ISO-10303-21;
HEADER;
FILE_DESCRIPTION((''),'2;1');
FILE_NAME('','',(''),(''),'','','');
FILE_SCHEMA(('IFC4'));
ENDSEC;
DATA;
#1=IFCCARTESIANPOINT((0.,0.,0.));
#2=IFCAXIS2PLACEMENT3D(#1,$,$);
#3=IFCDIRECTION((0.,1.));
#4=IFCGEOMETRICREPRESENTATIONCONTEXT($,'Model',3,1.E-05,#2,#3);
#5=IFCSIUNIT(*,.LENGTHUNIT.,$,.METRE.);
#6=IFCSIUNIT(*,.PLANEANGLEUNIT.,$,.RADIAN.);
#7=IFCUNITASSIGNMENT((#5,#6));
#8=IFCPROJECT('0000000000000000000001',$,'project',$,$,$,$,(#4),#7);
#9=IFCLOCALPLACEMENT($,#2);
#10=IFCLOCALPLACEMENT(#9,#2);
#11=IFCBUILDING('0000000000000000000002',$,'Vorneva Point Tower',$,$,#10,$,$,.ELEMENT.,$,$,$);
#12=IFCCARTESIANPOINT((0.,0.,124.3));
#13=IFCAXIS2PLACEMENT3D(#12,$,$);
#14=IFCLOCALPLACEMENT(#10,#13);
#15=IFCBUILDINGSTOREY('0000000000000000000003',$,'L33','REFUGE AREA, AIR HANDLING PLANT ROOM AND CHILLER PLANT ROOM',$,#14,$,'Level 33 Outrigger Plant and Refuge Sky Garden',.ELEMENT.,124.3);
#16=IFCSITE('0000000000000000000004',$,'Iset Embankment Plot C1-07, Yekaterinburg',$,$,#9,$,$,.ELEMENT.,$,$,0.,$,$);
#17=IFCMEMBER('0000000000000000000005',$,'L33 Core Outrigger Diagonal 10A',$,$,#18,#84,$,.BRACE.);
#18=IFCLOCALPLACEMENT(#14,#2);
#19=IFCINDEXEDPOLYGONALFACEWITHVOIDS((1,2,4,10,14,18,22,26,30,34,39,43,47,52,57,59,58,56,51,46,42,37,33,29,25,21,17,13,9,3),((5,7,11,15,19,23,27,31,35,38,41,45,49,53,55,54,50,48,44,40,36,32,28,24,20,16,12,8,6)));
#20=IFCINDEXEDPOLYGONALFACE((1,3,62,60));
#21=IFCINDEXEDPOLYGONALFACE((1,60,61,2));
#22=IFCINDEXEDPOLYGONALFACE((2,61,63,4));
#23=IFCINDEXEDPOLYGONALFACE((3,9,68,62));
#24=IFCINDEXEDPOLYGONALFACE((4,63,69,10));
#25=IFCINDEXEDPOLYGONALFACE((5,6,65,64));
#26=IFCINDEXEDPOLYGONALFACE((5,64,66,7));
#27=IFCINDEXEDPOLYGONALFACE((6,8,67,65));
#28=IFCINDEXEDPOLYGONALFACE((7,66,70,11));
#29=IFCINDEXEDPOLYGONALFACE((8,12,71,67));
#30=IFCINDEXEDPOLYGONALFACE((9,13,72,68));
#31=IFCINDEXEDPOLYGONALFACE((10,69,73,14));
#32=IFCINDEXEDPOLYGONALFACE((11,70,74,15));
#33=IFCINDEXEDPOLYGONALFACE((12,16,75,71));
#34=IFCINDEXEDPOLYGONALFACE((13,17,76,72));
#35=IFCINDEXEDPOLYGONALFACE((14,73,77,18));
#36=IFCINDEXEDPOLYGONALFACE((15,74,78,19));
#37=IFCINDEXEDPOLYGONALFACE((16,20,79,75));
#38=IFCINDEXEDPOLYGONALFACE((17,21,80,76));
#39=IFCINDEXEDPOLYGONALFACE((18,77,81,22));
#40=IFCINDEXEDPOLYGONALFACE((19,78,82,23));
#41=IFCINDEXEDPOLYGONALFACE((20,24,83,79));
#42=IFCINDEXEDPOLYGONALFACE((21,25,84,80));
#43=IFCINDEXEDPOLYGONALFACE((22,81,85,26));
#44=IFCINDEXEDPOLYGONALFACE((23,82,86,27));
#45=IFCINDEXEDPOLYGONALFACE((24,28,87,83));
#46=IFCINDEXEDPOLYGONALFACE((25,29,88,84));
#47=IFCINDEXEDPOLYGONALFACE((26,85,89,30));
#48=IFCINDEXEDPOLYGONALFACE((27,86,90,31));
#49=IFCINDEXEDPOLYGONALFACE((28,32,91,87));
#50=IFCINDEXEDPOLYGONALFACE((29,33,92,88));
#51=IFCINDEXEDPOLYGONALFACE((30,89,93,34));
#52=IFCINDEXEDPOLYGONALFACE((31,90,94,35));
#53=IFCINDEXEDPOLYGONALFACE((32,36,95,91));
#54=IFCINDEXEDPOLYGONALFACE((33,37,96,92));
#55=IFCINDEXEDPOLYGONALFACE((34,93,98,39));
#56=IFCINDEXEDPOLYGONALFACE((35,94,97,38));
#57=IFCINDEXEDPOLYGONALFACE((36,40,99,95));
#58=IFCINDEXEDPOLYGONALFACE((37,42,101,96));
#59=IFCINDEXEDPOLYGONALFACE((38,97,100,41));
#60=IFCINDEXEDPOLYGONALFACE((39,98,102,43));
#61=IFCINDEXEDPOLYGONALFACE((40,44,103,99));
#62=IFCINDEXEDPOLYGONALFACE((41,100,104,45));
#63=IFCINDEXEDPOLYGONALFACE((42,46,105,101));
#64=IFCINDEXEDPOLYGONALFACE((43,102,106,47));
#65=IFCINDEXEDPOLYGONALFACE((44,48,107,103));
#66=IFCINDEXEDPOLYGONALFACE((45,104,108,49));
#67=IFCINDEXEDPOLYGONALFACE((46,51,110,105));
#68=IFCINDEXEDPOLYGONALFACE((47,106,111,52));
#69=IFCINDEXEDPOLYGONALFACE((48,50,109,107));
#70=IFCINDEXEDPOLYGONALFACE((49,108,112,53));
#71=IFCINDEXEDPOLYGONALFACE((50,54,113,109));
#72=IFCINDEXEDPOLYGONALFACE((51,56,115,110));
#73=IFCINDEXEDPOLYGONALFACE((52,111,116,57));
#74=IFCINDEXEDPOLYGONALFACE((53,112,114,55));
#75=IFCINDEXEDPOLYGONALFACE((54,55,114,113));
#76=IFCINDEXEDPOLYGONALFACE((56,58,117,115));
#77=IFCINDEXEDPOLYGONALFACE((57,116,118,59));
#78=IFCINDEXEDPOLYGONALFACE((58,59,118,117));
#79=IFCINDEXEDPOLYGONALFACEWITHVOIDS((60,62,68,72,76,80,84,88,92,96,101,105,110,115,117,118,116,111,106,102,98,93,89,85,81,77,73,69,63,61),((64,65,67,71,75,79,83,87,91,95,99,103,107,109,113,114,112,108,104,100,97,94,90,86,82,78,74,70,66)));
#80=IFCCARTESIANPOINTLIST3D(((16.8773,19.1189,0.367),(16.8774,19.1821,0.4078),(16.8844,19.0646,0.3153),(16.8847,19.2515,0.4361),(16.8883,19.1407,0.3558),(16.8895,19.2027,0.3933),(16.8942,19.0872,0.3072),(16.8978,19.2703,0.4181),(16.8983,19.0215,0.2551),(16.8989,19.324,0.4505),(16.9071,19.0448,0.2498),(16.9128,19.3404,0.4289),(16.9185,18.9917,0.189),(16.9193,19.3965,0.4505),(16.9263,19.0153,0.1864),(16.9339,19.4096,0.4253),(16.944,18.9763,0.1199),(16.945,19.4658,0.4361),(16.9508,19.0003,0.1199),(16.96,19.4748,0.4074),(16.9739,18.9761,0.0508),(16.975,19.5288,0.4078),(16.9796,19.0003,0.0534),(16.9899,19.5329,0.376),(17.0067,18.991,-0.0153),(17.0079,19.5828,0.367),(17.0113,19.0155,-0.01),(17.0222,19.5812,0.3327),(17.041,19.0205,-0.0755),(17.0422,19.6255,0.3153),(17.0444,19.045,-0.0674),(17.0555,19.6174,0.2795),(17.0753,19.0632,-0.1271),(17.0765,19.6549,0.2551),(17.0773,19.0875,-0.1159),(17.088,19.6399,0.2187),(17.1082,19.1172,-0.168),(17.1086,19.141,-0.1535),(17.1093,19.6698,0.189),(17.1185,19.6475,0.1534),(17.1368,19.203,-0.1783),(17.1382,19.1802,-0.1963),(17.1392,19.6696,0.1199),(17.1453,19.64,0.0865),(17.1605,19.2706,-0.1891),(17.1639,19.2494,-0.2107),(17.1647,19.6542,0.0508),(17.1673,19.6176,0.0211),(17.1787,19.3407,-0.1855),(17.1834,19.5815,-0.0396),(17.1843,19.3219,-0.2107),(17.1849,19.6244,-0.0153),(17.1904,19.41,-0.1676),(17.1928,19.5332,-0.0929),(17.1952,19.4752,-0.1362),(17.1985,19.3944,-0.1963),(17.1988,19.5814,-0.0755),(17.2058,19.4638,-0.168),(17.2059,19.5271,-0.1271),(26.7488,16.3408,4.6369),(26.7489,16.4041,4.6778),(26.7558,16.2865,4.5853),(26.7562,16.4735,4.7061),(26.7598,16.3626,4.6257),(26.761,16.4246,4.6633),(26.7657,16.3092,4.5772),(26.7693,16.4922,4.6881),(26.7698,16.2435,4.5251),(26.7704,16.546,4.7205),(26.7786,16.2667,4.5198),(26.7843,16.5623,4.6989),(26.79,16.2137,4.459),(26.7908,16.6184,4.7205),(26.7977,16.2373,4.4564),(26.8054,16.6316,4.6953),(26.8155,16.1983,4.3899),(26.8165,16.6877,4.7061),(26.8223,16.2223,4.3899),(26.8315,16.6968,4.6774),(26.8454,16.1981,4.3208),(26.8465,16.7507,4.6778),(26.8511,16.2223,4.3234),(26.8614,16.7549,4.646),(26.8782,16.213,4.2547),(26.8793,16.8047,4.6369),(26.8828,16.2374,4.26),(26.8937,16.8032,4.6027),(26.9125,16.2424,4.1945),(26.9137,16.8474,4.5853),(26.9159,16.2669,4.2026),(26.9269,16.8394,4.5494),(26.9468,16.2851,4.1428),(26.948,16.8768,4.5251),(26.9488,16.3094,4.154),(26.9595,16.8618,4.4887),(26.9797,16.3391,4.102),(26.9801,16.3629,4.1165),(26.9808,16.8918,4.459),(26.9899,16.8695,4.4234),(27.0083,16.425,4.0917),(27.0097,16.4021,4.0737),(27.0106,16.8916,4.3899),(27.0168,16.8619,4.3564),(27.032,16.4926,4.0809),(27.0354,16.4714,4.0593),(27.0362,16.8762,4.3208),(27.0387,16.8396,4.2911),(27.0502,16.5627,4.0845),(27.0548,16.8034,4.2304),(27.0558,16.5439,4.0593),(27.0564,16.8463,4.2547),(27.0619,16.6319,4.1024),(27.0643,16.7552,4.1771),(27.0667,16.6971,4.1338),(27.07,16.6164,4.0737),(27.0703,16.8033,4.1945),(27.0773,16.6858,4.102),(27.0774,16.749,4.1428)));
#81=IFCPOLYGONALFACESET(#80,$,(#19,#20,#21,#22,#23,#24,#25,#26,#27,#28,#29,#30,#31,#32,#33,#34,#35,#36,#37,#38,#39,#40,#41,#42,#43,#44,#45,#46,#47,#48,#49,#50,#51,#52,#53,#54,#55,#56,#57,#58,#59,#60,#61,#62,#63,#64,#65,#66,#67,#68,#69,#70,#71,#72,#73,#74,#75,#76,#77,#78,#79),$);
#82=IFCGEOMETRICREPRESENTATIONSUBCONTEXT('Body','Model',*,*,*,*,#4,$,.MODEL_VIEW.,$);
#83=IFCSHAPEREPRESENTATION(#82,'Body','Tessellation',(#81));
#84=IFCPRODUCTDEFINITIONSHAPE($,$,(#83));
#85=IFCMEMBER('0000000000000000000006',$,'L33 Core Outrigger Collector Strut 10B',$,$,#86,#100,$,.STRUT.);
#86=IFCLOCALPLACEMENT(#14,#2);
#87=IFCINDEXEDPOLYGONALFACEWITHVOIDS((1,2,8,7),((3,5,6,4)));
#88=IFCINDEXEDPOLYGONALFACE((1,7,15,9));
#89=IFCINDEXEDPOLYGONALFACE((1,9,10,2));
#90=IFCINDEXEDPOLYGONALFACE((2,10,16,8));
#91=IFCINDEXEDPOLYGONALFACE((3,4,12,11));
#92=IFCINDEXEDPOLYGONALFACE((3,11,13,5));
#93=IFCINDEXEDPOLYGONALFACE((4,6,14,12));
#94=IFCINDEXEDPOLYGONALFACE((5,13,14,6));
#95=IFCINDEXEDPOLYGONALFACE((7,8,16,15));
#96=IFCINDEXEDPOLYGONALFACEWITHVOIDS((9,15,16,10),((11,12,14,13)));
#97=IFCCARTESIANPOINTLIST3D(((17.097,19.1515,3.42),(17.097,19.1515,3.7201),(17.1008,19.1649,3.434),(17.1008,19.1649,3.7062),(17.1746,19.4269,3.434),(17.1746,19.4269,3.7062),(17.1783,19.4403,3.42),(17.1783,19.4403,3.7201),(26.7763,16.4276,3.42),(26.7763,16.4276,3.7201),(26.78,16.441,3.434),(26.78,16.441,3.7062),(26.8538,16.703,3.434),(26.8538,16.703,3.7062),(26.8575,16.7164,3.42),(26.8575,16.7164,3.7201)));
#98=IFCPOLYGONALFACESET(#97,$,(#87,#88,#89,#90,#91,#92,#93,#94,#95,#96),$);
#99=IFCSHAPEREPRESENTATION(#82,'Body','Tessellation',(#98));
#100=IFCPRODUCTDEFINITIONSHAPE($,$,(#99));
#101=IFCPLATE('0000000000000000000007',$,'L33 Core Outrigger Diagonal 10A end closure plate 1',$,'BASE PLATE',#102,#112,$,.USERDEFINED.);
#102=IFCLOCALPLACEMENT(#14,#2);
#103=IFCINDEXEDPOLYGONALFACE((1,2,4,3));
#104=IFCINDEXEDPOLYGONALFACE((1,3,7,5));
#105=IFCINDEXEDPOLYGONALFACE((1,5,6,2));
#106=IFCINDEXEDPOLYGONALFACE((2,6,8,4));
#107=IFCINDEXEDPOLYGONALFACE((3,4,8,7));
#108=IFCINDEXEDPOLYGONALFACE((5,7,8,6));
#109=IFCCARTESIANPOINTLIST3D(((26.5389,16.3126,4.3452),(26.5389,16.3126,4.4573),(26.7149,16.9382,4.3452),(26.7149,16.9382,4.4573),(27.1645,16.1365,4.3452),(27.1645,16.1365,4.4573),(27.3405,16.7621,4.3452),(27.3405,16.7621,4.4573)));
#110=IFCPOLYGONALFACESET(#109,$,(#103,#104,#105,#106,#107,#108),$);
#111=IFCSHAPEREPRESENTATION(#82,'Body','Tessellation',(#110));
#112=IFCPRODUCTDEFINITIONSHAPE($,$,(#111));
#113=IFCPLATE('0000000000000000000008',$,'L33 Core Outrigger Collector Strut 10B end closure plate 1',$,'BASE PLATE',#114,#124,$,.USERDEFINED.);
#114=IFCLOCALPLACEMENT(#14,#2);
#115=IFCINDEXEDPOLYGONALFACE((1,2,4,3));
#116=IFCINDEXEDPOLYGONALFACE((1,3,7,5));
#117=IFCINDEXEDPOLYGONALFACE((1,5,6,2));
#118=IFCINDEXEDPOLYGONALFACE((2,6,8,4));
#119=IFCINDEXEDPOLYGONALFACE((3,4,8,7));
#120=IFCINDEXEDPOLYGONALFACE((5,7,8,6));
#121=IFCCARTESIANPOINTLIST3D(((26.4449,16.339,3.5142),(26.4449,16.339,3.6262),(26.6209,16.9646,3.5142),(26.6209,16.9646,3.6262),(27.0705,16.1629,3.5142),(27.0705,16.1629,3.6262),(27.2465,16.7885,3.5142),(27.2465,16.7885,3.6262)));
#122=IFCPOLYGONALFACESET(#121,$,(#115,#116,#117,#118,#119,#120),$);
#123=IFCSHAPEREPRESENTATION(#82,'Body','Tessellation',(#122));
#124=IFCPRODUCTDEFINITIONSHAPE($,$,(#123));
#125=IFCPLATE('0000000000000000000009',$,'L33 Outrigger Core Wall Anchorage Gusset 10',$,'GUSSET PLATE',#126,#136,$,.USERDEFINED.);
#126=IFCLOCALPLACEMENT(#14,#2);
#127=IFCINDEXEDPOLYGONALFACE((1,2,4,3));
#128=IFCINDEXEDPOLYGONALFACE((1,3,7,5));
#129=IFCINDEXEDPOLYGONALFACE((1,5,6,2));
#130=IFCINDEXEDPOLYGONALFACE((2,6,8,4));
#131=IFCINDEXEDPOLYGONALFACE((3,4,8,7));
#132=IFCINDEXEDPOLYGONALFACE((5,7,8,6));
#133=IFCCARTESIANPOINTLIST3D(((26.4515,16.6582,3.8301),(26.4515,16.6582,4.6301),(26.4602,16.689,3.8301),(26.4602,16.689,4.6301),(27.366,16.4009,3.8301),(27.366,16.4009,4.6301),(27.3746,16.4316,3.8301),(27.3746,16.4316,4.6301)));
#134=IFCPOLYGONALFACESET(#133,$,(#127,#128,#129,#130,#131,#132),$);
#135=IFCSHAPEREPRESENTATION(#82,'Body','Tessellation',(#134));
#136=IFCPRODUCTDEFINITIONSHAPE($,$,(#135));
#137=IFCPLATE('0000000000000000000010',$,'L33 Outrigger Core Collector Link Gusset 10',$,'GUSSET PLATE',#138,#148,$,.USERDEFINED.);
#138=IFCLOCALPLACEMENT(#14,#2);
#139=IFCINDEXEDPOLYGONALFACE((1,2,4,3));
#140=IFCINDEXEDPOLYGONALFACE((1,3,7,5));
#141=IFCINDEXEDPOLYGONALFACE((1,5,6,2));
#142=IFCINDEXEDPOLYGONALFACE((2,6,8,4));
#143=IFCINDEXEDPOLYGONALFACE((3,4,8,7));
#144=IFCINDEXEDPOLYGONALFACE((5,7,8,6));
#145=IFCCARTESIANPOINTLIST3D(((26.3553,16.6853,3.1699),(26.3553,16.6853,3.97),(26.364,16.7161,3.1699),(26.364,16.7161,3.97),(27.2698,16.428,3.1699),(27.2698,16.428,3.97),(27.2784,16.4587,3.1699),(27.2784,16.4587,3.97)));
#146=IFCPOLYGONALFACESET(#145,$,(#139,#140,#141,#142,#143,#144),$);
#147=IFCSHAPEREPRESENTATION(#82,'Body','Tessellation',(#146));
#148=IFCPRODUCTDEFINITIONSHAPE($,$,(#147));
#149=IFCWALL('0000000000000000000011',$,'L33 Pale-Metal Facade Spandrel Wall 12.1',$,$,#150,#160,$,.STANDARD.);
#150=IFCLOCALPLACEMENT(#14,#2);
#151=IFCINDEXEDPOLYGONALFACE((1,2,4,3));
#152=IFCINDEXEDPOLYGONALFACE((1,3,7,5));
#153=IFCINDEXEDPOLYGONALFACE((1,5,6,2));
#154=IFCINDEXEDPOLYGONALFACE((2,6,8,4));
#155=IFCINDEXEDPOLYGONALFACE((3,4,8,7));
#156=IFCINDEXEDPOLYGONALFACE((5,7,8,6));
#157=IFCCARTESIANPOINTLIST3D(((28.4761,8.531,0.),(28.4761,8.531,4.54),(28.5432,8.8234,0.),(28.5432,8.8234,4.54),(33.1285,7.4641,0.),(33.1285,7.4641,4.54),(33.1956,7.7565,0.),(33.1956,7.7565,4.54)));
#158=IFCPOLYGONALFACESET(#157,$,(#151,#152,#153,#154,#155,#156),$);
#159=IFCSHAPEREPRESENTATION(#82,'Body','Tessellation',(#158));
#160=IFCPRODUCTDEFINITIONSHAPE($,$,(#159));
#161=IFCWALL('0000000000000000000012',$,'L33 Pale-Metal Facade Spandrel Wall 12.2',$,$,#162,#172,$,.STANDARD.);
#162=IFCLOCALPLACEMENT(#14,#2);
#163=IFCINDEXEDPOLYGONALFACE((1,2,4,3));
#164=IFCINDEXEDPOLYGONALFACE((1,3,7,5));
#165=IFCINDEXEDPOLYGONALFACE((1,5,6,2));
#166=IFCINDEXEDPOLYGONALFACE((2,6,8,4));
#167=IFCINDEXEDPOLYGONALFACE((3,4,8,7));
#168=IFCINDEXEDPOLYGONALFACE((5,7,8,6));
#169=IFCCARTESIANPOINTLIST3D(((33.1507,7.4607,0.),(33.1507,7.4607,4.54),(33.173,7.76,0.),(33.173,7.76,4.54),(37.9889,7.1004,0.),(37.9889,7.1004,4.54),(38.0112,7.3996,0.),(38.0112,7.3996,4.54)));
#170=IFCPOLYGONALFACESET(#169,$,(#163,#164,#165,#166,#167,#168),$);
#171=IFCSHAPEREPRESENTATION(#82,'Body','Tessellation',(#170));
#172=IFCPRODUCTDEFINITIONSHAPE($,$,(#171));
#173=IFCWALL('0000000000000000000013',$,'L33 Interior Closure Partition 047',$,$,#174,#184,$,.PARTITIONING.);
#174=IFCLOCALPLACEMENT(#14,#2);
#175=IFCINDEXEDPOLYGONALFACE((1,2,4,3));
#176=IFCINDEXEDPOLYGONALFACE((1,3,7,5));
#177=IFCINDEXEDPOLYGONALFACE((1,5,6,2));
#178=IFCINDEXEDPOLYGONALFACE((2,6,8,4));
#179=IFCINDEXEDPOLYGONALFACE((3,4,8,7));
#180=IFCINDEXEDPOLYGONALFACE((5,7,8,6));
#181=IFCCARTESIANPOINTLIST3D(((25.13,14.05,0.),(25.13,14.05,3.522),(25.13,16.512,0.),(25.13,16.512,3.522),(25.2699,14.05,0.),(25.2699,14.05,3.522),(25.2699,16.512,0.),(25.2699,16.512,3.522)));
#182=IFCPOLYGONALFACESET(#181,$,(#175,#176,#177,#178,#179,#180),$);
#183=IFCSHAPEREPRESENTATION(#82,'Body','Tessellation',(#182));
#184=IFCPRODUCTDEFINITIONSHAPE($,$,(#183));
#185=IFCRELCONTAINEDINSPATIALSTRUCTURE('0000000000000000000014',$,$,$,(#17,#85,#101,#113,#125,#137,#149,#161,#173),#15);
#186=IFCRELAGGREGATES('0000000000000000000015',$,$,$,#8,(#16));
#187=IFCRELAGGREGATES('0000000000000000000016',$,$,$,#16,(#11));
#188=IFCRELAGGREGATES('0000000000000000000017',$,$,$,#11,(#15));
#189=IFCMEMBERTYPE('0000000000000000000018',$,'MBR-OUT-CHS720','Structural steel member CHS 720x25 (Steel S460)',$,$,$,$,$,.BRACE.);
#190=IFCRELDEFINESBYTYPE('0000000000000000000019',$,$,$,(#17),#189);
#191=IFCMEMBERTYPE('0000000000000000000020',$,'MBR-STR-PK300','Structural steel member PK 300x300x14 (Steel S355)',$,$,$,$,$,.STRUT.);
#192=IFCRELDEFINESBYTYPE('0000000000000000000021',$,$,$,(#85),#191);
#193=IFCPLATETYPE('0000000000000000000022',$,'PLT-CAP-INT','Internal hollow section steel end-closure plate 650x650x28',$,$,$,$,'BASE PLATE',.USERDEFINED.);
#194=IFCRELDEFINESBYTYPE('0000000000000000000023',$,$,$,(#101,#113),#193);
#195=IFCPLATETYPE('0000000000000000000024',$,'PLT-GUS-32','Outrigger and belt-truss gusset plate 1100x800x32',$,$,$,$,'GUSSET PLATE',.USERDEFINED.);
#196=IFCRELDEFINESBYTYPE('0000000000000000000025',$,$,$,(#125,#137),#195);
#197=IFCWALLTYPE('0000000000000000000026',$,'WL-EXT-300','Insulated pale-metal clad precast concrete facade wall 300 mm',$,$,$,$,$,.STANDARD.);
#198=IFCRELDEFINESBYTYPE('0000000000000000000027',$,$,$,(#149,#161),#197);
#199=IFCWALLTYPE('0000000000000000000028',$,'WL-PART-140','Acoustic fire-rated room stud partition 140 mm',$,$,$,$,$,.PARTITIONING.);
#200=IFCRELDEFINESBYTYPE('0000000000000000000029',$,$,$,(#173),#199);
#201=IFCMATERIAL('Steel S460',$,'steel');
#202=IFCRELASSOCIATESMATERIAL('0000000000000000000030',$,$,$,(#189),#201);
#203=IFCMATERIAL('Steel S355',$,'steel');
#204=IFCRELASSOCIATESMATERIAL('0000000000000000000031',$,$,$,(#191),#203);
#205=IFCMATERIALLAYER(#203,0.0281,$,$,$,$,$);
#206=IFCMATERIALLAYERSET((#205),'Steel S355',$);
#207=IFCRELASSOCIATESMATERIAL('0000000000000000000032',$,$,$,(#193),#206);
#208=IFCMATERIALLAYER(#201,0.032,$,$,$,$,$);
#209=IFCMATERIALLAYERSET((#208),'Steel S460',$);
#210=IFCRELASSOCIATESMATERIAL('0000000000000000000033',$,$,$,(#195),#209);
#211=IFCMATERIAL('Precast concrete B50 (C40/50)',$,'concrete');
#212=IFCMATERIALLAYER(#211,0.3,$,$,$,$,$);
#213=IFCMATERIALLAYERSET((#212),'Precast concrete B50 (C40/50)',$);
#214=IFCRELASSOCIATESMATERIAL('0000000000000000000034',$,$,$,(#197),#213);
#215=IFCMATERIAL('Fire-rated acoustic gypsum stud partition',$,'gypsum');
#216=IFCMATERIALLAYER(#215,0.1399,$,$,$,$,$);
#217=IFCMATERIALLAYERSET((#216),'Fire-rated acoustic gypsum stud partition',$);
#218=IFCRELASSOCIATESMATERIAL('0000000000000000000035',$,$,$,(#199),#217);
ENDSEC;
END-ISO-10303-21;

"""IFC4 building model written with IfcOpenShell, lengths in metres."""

from ifc_helpers import new_model, si_unit, direction, frame, frame_2d, origin, origin_2d, place, context, subcontext, project, spatial, rectangle, hollow_rectangle, hollow_circle, extrude, material, layer, layer_set, material_profile, profile_set, type_object, element, save


model = new_model("IFC4")

# Units and contexts
model_context = context("Model", 3, precision=1e-05, world=origin(), true_north=direction((0.0, 1.0)))
body_context = subcontext(model_context, "Body", "Model", "MODEL_VIEW")
ifc_project = project(units=[si_unit("LENGTHUNIT", "METRE"), si_unit("PLANEANGLEUNIT", "RADIAN")], contexts=[model_context])

# Site, building, storey
site_placement = place(None, origin())
site = spatial("IfcSite", under=ifc_project, at=site_placement, Name="Iset Embankment Plot C1-07, Yekaterinburg", CompositionType="ELEMENT", RefElevation=0.0)
building_placement = place(site_placement, origin())
building = spatial("IfcBuilding", under=site, at=building_placement, Name="Vorneva Point Tower", CompositionType="ELEMENT")
storey_placement = place(building_placement, frame((0.0, 0.0, 124.3)))
storey = spatial("IfcBuildingStorey", under=building, at=storey_placement, Name="L33", Description="REFUGE AREA, AIR HANDLING PLANT ROOM AND CHILLER PLANT ROOM", LongName="Level 33 Outrigger Plant and Refuge Sky Garden", CompositionType="ELEMENT", Elevation=124.3)

# Shared definitions
ifc_material_1 = material(Name="Steel S460", Category="steel")
ifc_material_2 = material(Name="Steel S355", Category="steel")

# Members
ifc_material_profile_1 = material_profile(ifc_material_1, hollow_circle(Radius=0.3601, WallThickness=0.0249, at=origin_2d()), Name="CHS 720x25")
ifc_profile_set_1 = profile_set([ifc_material_profile_1], Name="Steel S460")
member_type_1 = type_object("IfcMemberType", Name="MBR-OUT-CHS720", Description="Structural steel member CHS 720x25 (Steel S460)", PredefinedType="BRACE", material=ifc_profile_set_1)
member_1_placement = place(storey_placement, frame((26.9131, 16.5449, 4.3899), z_axis=(-0.888651, 0.250085, -0.384392), x_axis=(-0.270899, -0.962608, 0.0)))
element("IfcMember", 1, at=member_1_placement, inside=storey, type_object=member_type_1, Name="L33 Core Outrigger Diagonal 10A", PredefinedType="BRACE", context=body_context, shape_type="SweptSolid", body=[
    extrude(hollow_circle(Radius=0.3601, WallThickness=0.0249, at=origin_2d()), origin(), (0.0, 0.0, 1.0), 11.1084),
])
ifc_material_profile_2 = material_profile(ifc_material_2, hollow_rectangle(XDim=0.3, YDim=0.3, WallThickness=0.0139, at=origin_2d()), Name="PK 300x300x14")
ifc_profile_set_2 = profile_set([ifc_material_profile_2], Name="Steel S355")
member_type_2 = type_object("IfcMemberType", Name="MBR-STR-PK300", Description="Structural steel member PK 300x300x14 (Steel S355)", PredefinedType="STRUT", material=ifc_profile_set_2)
member_2_placement = place(storey_placement, frame((26.8169, 16.572, 3.5701), z_axis=(-0.962609, 0.270893, 0.0), x_axis=(-0.270893, -0.962609, 0.0)))
element("IfcMember", 2, at=member_2_placement, inside=storey, type_object=member_type_2, Name="L33 Core Outrigger Collector Strut 10B", PredefinedType="STRUT", context=body_context, shape_type="SweptSolid", body=[
    extrude(hollow_rectangle(XDim=0.3, YDim=0.3, WallThickness=0.0139, at=origin_2d()), origin(), (0.0, 0.0, 1.0), 10.0552),
])

# Plates
ifc_layer_1 = layer(ifc_material_2, 0.0281)
ifc_layer_set_1 = layer_set([ifc_layer_1], Name="Steel S355")
plate_type_1 = type_object("IfcPlateType", Name="PLT-CAP-INT", Description="Internal hollow section steel end-closure plate 650x650x28", ElementType="BASE PLATE", PredefinedType="USERDEFINED", material=ifc_layer_set_1)
for number, where, z_axis, x_axis, name in (
    (3, (26.9397, 16.5374, 4.3452), (0.0, 0.0, 1.0), (-0.962607, 0.270903, 0.0), "L33 Core Outrigger Diagonal 10A end closure plate 1"),
    (4, (26.8457, 16.5637, 3.5142), (0.0, 0.0, 1.0), (-0.962607, 0.270903, 0.0), "L33 Core Outrigger Collector Strut 10B end closure plate 1"),
):
    element("IfcPlate", number, at=place(storey_placement, frame(where, z_axis=z_axis, x_axis=x_axis)), inside=storey, type_object=plate_type_1, Name=name, ObjectType="BASE PLATE", PredefinedType="USERDEFINED", context=body_context, shape_type="SweptSolid", body=[
        extrude(rectangle(XDim=0.6499, YDim=0.6499, at=origin_2d()), origin(), (0.0, 0.0, 1.0), 0.1121),
    ])
ifc_layer_2 = layer(ifc_material_1, 0.032)
ifc_layer_set_2 = layer_set([ifc_layer_2], Name="Steel S460")
plate_type_2 = type_object("IfcPlateType", Name="PLT-GUS-32", Description="Outrigger and belt-truss gusset plate 1100x800x32", ElementType="GUSSET PLATE", PredefinedType="USERDEFINED", material=ifc_layer_set_2)
for number, where, z_axis, x_axis, name in (
    (5, (26.9131, 16.5449, 3.8301), (0.0, 0.0, 1.0), (-0.962607, 0.270903, 0.0), "L33 Outrigger Core Wall Anchorage Gusset 10"),
    (6, (26.8169, 16.572, 3.1699), (0.0, 0.0, 1.0), (-0.962607, 0.270903, 0.0), "L33 Outrigger Core Collector Link Gusset 10"),
):
    element("IfcPlate", number, at=place(storey_placement, frame(where, z_axis=z_axis, x_axis=x_axis)), inside=storey, type_object=plate_type_2, Name=name, ObjectType="GUSSET PLATE", PredefinedType="USERDEFINED", context=body_context, shape_type="SweptSolid", body=[
        extrude(rectangle(XDim=0.95, YDim=0.032, at=origin_2d()), origin(), (0.0, 0.0, 1.0), 0.8),
    ])

# Walls
ifc_material_3 = material(Name="Precast concrete B50 (C40/50)", Category="concrete")
ifc_layer_3 = layer(ifc_material_3, 0.3)
ifc_layer_set_3 = layer_set([ifc_layer_3], Name="Precast concrete B50 (C40/50)")
wall_type_1 = type_object("IfcWallType", Name="WL-EXT-300", Description="Insulated pale-metal clad precast concrete facade wall 300 mm", PredefinedType="STANDARD", material=ifc_layer_set_3)
wall_1_placement = place(storey_placement, frame((28.5095, 8.6772, 0.0), z_axis=(0.0, 0.0, 1.0), x_axis=(0.974699, -0.223522, 0.0)))
element("IfcWall", 7, at=wall_1_placement, inside=storey, type_object=wall_type_1, Name="L33 Pale-Metal Facade Spandrel Wall 12.1", PredefinedType="STANDARD", context=body_context, shape_type="SweptSolid", body=[
    extrude(rectangle(XDim=4.7732, YDim=0.3, at=frame_2d((2.3867, 0.0))), origin(), (0.0, 0.0, 1.0), 4.54),
])
wall_2_placement = place(storey_placement, frame((33.1619, 7.6104, 0.0), z_axis=(0.0, 0.0, 1.0), x_axis=(0.997238, -0.074276, 0.0)))
element("IfcWall", 8, at=wall_2_placement, inside=storey, type_object=wall_type_1, Name="L33 Pale-Metal Facade Spandrel Wall 12.2", PredefinedType="STANDARD", context=body_context, shape_type="SweptSolid", body=[
    extrude(rectangle(XDim=4.8516, YDim=0.3, at=frame_2d((2.4258, 0.0))), origin(), (0.0, 0.0, 1.0), 4.54),
])
ifc_material_4 = material(Name="Fire-rated acoustic gypsum stud partition", Category="gypsum")
ifc_layer_4 = layer(ifc_material_4, 0.1399)
ifc_layer_set_4 = layer_set([ifc_layer_4], Name="Fire-rated acoustic gypsum stud partition")
wall_type_2 = type_object("IfcWallType", Name="WL-PART-140", Description="Acoustic fire-rated room stud partition 140 mm", PredefinedType="PARTITIONING", material=ifc_layer_set_4)
wall_3_placement = place(storey_placement, frame((25.2, 16.512, 0.0), z_axis=(0.0, 0.0, 1.0), x_axis=(0.0, -1.0, 0.0)))
element("IfcWall", 9, at=wall_3_placement, inside=storey, type_object=wall_type_2, Name="L33 Interior Closure Partition 047", PredefinedType="PARTITIONING", context=body_context, shape_type="SweptSolid", body=[
    extrude(rectangle(XDim=2.4619, YDim=0.1399, at=frame_2d((1.231, 0.0))), origin(), (0.0, 0.0, 1.0), 3.522),
])

save(model, "model.ifc")
